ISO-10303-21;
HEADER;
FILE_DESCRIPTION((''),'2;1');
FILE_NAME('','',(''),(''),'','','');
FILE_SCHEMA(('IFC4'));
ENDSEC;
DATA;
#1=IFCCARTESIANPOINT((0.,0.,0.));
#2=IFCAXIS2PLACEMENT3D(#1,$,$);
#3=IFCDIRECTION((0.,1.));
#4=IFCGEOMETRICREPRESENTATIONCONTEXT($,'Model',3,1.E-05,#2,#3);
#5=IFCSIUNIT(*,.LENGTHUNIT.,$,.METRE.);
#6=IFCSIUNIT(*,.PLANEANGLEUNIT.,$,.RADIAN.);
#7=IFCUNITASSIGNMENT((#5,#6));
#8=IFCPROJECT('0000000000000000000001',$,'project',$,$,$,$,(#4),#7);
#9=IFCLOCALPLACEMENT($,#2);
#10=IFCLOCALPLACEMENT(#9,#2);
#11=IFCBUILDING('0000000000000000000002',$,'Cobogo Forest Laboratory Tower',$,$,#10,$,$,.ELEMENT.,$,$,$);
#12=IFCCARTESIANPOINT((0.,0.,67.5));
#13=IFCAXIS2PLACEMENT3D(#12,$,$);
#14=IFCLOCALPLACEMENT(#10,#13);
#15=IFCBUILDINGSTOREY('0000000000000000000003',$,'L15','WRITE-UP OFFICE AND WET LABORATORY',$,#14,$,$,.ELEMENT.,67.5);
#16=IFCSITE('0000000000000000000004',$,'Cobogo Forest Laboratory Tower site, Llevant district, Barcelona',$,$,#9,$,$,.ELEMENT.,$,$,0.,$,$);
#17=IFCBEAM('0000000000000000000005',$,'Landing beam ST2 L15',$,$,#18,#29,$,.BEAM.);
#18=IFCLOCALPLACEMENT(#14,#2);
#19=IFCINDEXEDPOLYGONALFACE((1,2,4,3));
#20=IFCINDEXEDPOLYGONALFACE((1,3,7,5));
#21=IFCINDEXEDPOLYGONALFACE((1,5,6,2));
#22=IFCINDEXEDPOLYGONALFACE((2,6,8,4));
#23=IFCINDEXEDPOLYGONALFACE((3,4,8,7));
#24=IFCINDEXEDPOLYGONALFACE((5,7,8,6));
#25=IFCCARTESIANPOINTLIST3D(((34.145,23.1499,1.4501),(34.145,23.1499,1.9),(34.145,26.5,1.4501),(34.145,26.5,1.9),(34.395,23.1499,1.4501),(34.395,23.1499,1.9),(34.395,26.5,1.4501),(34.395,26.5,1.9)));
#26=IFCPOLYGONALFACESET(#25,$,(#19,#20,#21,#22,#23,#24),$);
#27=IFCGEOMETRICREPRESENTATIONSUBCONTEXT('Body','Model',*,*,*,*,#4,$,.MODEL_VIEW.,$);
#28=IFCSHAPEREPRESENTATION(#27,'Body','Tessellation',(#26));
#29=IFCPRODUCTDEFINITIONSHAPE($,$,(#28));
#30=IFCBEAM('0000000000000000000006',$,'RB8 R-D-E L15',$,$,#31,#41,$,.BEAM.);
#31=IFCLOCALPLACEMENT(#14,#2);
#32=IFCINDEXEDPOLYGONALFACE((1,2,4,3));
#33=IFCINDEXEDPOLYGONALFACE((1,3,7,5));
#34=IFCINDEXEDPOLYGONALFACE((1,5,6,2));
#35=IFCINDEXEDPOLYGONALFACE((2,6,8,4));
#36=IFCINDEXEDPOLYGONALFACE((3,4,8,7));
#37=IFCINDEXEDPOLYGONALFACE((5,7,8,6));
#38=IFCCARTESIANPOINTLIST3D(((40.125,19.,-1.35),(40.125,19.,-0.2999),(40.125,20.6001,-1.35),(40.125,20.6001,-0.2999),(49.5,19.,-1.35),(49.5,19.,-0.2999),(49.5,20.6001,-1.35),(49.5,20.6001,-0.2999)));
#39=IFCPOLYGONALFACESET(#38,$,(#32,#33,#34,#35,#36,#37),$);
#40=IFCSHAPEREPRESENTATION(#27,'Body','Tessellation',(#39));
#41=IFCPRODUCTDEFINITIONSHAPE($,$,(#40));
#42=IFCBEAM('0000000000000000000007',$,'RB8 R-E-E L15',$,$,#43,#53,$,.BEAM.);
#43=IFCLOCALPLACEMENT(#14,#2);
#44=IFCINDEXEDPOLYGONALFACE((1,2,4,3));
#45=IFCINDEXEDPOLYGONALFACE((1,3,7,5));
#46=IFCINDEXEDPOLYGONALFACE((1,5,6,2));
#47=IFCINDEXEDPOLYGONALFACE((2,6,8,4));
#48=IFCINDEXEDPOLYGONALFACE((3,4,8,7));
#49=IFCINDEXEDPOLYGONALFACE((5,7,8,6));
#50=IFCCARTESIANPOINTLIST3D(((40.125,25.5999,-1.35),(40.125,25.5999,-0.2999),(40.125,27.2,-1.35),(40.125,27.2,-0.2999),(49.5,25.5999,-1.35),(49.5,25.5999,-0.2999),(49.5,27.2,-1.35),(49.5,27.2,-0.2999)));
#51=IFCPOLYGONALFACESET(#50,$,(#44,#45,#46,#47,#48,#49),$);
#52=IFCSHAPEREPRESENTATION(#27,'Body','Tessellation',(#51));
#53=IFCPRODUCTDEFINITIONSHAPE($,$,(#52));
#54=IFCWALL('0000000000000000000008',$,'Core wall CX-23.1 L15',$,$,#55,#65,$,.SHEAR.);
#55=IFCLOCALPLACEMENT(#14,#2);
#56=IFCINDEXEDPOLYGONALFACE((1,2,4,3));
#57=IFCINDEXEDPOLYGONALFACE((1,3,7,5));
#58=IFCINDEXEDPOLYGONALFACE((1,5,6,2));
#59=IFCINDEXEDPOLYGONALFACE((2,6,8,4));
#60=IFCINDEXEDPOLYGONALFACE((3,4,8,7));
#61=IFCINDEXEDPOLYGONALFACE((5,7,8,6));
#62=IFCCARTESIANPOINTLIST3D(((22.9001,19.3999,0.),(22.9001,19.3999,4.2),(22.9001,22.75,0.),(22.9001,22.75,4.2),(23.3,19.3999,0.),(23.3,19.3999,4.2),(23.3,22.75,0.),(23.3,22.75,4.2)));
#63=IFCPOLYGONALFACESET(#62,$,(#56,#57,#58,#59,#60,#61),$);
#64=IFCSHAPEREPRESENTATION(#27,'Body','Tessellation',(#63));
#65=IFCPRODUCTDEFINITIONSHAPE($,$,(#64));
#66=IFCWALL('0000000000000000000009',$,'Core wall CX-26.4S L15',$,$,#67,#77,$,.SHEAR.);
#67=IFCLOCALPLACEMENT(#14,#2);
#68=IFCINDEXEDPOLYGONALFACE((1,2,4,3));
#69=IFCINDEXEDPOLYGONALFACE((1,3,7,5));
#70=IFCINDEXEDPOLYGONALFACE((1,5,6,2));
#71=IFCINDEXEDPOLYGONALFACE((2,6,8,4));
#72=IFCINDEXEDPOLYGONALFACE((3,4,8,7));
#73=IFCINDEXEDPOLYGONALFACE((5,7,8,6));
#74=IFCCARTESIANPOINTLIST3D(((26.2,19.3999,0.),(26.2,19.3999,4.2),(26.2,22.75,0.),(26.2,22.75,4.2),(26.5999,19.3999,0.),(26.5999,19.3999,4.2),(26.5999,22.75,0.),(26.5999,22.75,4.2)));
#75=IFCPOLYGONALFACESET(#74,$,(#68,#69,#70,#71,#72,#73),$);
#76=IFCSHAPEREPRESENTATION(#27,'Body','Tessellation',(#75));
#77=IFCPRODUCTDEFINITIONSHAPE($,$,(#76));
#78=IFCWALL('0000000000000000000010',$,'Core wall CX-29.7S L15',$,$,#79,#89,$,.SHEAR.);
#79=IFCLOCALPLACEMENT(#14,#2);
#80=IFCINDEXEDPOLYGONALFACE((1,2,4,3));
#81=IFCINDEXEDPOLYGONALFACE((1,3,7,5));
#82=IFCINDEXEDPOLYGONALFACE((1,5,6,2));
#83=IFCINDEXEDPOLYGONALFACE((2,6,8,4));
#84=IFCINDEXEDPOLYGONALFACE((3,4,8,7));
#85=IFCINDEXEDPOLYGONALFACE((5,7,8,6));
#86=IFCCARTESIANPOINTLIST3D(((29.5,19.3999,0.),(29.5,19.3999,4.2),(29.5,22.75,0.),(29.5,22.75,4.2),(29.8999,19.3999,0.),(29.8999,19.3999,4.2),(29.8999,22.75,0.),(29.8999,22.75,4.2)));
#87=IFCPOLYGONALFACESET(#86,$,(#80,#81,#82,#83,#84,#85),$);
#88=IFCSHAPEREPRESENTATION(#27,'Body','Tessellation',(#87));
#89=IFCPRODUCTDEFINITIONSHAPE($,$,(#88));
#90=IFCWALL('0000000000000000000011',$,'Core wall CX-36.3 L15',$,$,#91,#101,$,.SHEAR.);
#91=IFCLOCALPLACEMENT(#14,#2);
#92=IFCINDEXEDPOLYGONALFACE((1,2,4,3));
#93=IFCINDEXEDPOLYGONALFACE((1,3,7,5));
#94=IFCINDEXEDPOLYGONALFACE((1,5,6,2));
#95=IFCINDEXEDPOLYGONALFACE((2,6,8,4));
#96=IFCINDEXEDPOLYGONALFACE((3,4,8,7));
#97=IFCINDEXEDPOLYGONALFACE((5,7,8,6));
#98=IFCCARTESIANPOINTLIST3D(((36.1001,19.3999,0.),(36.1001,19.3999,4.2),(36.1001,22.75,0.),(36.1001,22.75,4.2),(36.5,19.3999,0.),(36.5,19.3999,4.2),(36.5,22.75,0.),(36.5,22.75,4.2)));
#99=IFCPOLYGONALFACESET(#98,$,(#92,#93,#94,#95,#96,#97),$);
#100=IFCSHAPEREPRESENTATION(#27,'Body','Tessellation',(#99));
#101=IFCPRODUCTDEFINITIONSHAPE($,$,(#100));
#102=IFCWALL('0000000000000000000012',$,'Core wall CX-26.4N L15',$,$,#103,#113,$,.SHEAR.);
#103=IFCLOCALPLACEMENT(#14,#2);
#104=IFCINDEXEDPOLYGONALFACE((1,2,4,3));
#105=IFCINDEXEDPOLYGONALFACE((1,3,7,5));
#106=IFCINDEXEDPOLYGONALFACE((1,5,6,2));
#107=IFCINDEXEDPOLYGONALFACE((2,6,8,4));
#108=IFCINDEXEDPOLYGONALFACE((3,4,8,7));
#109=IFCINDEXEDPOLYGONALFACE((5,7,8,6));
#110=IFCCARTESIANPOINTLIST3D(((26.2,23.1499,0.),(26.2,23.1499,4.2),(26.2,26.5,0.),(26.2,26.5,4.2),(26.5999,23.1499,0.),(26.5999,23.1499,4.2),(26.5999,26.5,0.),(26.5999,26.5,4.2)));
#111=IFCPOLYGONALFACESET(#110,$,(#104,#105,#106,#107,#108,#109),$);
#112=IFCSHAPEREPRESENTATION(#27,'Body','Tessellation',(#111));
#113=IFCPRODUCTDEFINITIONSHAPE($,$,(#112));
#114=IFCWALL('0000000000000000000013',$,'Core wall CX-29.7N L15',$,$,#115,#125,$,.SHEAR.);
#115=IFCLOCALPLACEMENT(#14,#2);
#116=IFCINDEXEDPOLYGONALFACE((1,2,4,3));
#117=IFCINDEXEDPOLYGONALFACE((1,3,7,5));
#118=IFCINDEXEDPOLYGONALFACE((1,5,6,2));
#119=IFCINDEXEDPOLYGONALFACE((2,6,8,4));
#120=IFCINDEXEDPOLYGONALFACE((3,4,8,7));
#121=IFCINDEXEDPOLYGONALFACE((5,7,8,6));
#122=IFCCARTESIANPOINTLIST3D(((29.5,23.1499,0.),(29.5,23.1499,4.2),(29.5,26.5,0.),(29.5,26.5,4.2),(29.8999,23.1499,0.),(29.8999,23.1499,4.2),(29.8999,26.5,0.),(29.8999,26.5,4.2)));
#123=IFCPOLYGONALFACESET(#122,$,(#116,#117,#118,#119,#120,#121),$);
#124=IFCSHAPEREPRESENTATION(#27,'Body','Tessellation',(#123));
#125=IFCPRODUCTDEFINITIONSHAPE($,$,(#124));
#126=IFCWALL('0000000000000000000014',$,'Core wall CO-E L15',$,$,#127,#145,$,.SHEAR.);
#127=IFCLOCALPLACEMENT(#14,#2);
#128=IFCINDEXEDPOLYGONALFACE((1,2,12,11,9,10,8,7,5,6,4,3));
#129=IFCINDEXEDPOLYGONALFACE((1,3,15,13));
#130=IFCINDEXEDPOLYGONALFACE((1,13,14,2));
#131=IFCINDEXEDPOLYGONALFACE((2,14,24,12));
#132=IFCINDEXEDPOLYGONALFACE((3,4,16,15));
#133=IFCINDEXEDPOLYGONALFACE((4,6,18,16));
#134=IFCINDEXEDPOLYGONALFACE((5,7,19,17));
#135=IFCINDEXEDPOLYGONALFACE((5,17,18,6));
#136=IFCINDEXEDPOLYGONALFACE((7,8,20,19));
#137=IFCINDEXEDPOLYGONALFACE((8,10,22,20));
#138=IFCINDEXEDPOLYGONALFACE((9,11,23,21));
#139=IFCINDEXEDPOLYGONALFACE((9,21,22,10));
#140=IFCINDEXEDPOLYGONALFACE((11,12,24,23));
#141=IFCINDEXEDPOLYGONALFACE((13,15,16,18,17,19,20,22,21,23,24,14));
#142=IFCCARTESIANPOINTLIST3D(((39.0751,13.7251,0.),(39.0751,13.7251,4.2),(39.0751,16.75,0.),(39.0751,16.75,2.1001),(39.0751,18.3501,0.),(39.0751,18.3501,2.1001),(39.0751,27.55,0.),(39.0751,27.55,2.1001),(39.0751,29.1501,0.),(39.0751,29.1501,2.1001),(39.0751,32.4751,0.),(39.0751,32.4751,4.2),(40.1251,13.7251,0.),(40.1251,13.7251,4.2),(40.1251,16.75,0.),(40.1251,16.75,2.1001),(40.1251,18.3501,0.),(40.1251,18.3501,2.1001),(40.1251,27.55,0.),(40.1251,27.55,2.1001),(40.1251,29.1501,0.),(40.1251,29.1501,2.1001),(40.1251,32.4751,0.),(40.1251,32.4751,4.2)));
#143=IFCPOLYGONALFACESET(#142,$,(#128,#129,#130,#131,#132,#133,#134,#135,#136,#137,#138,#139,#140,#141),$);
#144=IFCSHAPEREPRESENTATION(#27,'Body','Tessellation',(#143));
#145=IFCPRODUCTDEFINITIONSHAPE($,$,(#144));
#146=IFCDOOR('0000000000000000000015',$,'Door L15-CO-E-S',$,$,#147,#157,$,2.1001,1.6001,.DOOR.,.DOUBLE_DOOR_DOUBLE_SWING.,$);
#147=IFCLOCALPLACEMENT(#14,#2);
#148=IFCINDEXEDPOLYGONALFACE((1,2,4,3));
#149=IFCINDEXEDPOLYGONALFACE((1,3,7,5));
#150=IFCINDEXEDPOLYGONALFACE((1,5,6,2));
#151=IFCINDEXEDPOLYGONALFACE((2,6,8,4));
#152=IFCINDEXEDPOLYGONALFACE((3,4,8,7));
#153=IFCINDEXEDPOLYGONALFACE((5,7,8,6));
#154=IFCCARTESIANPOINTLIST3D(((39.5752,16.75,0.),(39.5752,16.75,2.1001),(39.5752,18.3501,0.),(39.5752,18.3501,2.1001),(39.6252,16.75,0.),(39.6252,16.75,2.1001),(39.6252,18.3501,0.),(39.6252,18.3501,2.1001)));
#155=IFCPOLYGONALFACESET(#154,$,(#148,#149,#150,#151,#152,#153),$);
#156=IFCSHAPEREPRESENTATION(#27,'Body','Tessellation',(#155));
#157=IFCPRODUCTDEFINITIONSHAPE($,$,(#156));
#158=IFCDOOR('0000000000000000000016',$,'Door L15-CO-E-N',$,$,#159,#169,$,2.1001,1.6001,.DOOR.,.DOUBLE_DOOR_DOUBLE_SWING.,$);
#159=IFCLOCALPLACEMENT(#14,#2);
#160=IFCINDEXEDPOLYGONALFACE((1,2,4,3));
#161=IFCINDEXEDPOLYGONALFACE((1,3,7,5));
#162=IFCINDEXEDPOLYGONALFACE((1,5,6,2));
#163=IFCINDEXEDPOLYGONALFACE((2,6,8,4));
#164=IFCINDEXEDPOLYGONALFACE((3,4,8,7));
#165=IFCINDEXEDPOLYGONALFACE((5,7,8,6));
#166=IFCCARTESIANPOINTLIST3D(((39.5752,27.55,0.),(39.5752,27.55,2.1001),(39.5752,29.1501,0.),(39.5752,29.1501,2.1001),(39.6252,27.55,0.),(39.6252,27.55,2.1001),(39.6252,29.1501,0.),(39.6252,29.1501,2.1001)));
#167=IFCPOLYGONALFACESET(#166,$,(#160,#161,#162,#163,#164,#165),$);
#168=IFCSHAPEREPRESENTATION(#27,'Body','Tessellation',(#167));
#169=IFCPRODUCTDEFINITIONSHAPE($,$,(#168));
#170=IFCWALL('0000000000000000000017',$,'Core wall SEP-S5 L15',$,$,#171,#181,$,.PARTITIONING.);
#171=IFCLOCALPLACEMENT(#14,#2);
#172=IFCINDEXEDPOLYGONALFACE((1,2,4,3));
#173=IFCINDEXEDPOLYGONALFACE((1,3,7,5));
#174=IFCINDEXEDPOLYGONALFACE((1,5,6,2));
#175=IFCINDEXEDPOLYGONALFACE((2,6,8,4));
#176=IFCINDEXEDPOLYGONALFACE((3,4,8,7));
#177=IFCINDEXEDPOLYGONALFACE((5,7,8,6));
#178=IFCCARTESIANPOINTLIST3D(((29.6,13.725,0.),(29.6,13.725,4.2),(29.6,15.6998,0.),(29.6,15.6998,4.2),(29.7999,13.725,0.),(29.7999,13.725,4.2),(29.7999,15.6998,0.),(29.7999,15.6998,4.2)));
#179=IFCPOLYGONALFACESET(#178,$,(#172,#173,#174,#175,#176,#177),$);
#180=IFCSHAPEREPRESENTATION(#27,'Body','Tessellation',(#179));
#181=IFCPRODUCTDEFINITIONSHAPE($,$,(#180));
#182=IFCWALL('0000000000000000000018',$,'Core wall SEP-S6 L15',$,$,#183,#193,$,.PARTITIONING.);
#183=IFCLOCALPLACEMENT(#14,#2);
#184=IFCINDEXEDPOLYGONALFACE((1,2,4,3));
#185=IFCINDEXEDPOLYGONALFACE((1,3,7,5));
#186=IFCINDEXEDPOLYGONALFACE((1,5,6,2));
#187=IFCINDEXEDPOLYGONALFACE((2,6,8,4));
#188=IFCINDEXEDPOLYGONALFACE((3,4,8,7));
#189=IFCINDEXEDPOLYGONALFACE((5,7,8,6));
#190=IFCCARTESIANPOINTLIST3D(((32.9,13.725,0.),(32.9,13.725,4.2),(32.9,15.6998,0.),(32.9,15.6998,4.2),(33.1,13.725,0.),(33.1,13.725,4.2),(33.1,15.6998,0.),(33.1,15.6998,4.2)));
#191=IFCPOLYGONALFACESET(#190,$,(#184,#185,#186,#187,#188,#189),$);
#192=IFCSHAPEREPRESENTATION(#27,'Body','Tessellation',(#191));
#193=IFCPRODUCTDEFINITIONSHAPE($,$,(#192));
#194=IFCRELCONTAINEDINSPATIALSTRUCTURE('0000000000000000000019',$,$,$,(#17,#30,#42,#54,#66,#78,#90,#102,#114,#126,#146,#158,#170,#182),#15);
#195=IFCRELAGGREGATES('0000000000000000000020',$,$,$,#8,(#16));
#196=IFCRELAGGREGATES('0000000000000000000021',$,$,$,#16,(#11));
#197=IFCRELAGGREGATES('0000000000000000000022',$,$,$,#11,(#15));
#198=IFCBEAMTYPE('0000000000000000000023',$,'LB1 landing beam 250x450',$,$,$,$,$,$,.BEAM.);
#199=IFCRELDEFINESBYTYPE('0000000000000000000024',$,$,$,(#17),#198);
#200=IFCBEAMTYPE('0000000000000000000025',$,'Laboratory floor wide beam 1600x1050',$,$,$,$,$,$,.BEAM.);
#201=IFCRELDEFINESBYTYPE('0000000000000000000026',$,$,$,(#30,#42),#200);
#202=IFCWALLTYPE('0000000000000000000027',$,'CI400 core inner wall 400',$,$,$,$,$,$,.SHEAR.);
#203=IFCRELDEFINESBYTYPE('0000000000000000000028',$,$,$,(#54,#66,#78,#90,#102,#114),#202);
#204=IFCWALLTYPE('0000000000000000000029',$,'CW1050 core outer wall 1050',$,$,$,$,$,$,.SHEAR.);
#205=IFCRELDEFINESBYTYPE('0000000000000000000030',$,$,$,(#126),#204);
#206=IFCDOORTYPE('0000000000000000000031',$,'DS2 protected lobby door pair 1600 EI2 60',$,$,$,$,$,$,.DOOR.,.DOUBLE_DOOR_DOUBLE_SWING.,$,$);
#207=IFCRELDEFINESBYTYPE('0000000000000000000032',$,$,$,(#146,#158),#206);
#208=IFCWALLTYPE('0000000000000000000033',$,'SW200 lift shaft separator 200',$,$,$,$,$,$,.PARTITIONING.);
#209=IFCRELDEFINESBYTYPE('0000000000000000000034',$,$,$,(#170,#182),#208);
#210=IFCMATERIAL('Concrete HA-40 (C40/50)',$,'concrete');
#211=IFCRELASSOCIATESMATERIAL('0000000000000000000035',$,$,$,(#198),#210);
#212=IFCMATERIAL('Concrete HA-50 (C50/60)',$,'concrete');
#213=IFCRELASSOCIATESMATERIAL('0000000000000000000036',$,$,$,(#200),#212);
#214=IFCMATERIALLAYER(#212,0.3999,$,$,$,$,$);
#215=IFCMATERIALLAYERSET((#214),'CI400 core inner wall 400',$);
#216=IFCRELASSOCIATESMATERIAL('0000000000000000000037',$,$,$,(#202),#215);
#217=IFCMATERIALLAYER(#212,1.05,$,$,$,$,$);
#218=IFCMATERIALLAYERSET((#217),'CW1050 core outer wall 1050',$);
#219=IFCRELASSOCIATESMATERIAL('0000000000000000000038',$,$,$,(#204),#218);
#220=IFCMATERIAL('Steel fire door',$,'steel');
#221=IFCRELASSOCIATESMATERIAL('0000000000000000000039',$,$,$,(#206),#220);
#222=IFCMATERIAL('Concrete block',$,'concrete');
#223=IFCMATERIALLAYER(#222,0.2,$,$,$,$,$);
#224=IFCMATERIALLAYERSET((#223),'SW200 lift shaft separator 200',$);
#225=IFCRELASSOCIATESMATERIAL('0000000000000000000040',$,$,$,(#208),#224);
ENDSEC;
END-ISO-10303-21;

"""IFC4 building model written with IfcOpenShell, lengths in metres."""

from ifc_helpers import new_model, si_unit, direction, frame, frame_2d, origin, origin_2d, place, context, subcontext, project, spatial, rectangle, extrude, material, layer, layer_set, material_profile, profile_set, type_object, element, fill, save


model = new_model("IFC4")

# Units and contexts
model_context = context("Model", 3, precision=1e-05, world=origin(), true_north=direction((0.0, 1.0)))
body_context = subcontext(model_context, "Body", "Model", "MODEL_VIEW")
ifc_project = project(units=[si_unit("LENGTHUNIT", "METRE"), si_unit("PLANEANGLEUNIT", "RADIAN")], contexts=[model_context])

# Site, building, storey
site_placement = place(None, origin())
site = spatial("IfcSite", under=ifc_project, at=site_placement, Name="Cobogo Forest Laboratory Tower site, Llevant district, Barcelona", CompositionType="ELEMENT", RefElevation=0.0)
building_placement = place(site_placement, origin())
building = spatial("IfcBuilding", under=site, at=building_placement, Name="Cobogo Forest Laboratory Tower", CompositionType="ELEMENT")
storey_placement = place(building_placement, frame((0.0, 0.0, 67.5)))
storey = spatial("IfcBuildingStorey", under=building, at=storey_placement, Name="L15", Description="WRITE-UP OFFICE AND WET LABORATORY", CompositionType="ELEMENT", Elevation=67.5)

# Beams
ifc_material_1 = material(Name="Concrete HA-40 (C40/50)", Category="concrete")
ifc_material_profile_1 = material_profile(ifc_material_1, rectangle(XDim=0.25, YDim=0.45, at=origin_2d()), Name="RC 250x450")
ifc_profile_set_1 = profile_set([ifc_material_profile_1], Name="Concrete HA-40 (C40/50)")
beam_type_1 = type_object("IfcBeamType", Name="LB1 landing beam 250x450", PredefinedType="BEAM", material=ifc_profile_set_1)
beam_placement = place(storey_placement, frame((34.27, 23.1499, 1.675), z_axis=(0.0, 1.0, 0.0), x_axis=(-1.0, 0.0, 0.0)))
element("IfcBeam", 1, at=beam_placement, inside=storey, type_object=beam_type_1, Name="Landing beam ST2 L15", PredefinedType="BEAM", context=body_context, shape_type="SweptSolid", body=[
    extrude(rectangle(XDim=0.25, YDim=0.45, at=origin_2d()), origin(), (0.0, 0.0, 1.0), 3.3501),
])
ifc_material_2 = material(Name="Concrete HA-50 (C50/60)", Category="concrete")
ifc_material_profile_2 = material_profile(ifc_material_2, rectangle(XDim=1.6001, YDim=1.05, at=origin_2d()), Name="RC 1600x1050")
ifc_profile_set_2 = profile_set([ifc_material_profile_2], Name="Concrete HA-50 (C50/60)")
beam_type_2 = type_object("IfcBeamType", Name="Laboratory floor wide beam 1600x1050", PredefinedType="BEAM", material=ifc_profile_set_2)
for number, where, z_axis, x_axis, name in (
    (2, (40.125, 19.8, -0.825), (1.0, 0.0, 0.0), (0.0, 1.0, 0.0), "RB8 R-D-E L15"),
    (3, (40.125, 26.3999, -0.825), (1.0, 0.0, 0.0), (0.0, 1.0, 0.0), "RB8 R-E-E L15"),
):
    element("IfcBeam", number, at=place(storey_placement, frame(where, z_axis=z_axis, x_axis=x_axis)), inside=storey, type_object=beam_type_2, Name=name, PredefinedType="BEAM", context=body_context, shape_type="SweptSolid", body=[
        extrude(rectangle(XDim=1.6001, YDim=1.05, at=origin_2d()), origin(), (0.0, 0.0, 1.0), 9.375),
    ])

# Walls
ifc_layer_1 = layer(ifc_material_2, 0.3999)
ifc_layer_set_1 = layer_set([ifc_layer_1], Name="CI400 core inner wall 400")
wall_type_1 = type_object("IfcWallType", Name="CI400 core inner wall 400", PredefinedType="SHEAR", material=ifc_layer_set_1)
for number, where, z_axis, x_axis, name in (
    (4, (23.1001, 19.3999, 0.0), (0.0, 0.0, 1.0), (0.0, 1.0, 0.0), "Core wall CX-23.1 L15"),
    (5, (26.3999, 19.3999, 0.0), (0.0, 0.0, 1.0), (0.0, 1.0, 0.0), "Core wall CX-26.4S L15"),
    (6, (29.7, 19.3999, 0.0), (0.0, 0.0, 1.0), (0.0, 1.0, 0.0), "Core wall CX-29.7S L15"),
    (7, (36.3, 19.3999, 0.0), (0.0, 0.0, 1.0), (0.0, 1.0, 0.0), "Core wall CX-36.3 L15"),
    (8, (26.3999, 23.1499, 0.0), (0.0, 0.0, 1.0), (0.0, 1.0, 0.0), "Core wall CX-26.4N L15"),
    (9, (29.7, 23.1499, 0.0), (0.0, 0.0, 1.0), (0.0, 1.0, 0.0), "Core wall CX-29.7N L15"),
):
    element("IfcWall", number, at=place(storey_placement, frame(where, z_axis=z_axis, x_axis=x_axis)), inside=storey, type_object=wall_type_1, Name=name, PredefinedType="SHEAR", context=body_context, shape_type="SweptSolid", body=[
        extrude(rectangle(XDim=3.3501, YDim=0.3999, at=frame_2d((1.675, 0.0))), origin(), (0.0, 0.0, 1.0), 4.2),
    ])

# Wall, openings, doors
ifc_layer_2 = layer(ifc_material_2, 1.05)
ifc_layer_set_2 = layer_set([ifc_layer_2], Name="CW1050 core outer wall 1050")
wall_type_2 = type_object("IfcWallType", Name="CW1050 core outer wall 1050", PredefinedType="SHEAR", material=ifc_layer_set_2)
wall_placement = place(storey_placement, frame((39.6001, 13.7251, 0.0), z_axis=(0.0, 0.0, 1.0), x_axis=(0.0, 1.0, 0.0)))
wall = element("IfcWall", 10, at=wall_placement, inside=storey, type_object=wall_type_2, Name="Core wall CO-E L15", PredefinedType="SHEAR", context=body_context, shape_type="SweptSolid", body=[
    extrude(rectangle(XDim=18.75, YDim=1.05, at=frame_2d((9.375, 0.0))), origin(), (0.0, 0.0, 1.0), 4.2),
])
opening_1_placement = place(wall_placement, frame((3.0249, 0.0, 0.0)))
opening_1 = element("IfcOpeningElement", 11, at=opening_1_placement, cuts=wall, PredefinedType="OPENING", context=body_context, shape_type="SweptSolid", body=[
    extrude(rectangle(XDim=1.6001, YDim=2.1001, at=frame_2d((0.8, 1.05))), frame((0.0, 0.5349, 0.0), z_axis=(0.0, -1.0, 0.0), x_axis=(1.0, 0.0, 0.0)), (0.0, 0.0, 1.0), 1.0701),
])
opening_2_placement = place(wall_placement, frame((13.825, 0.0, 0.0)))
opening_2 = element("IfcOpeningElement", 12, at=opening_2_placement, cuts=wall, PredefinedType="OPENING", context=body_context, shape_type="SweptSolid", body=[
    extrude(rectangle(XDim=1.6001, YDim=2.1001, at=frame_2d((0.8, 1.05))), frame((0.0, 0.5349, 0.0), z_axis=(0.0, -1.0, 0.0), x_axis=(1.0, 0.0, 0.0)), (0.0, 0.0, 1.0), 1.0701),
])
ifc_material_3 = material(Name="Steel fire door", Category="steel")
door_type = type_object("IfcDoorType", Name="DS2 protected lobby door pair 1600 EI2 60", OperationType="DOUBLE_DOOR_DOUBLE_SWING", PredefinedType="DOOR", material=ifc_material_3)
door_1_placement = place(opening_1_placement, origin())
door_1 = element("IfcDoor", 13, at=door_1_placement, inside=storey, type_object=door_type, Name="Door L15-CO-E-S", OperationType="DOUBLE_DOOR_DOUBLE_SWING", OverallHeight=2.1001, OverallWidth=1.6001, PredefinedType="DOOR", context=body_context, shape_type="SweptSolid", body=[
    extrude(rectangle(XDim=1.6001, YDim=2.1001, at=frame_2d((0.8, 1.05))), frame((0.0, 0.0249, 0.0), z_axis=(0.0, -1.0, 0.0), x_axis=(1.0, 0.0, 0.0)), (0.0, 0.0, 1.0), 0.05),
])
fill(opening_1, door_1)
door_2_placement = place(opening_2_placement, origin())
door_2 = element("IfcDoor", 14, at=door_2_placement, inside=storey, type_object=door_type, Name="Door L15-CO-E-N", OperationType="DOUBLE_DOOR_DOUBLE_SWING", OverallHeight=2.1001, OverallWidth=1.6001, PredefinedType="DOOR", context=body_context, shape_type="SweptSolid", body=[
    extrude(rectangle(XDim=1.6001, YDim=2.1001, at=frame_2d((0.8, 1.05))), frame((0.0, 0.0249, 0.0), z_axis=(0.0, -1.0, 0.0), x_axis=(1.0, 0.0, 0.0)), (0.0, 0.0, 1.0), 0.05),
])
fill(opening_2, door_2)

# Walls
ifc_material_4 = material(Name="Concrete block", Category="concrete")
ifc_layer_3 = layer(ifc_material_4, 0.2)
ifc_layer_set_3 = layer_set([ifc_layer_3], Name="SW200 lift shaft separator 200")
wall_type_3 = type_object("IfcWallType", Name="SW200 lift shaft separator 200", PredefinedType="PARTITIONING", material=ifc_layer_set_3)
for number, where, z_axis, x_axis, name in (
    (15, (29.7, 13.7251, 0.0), (0.0, 0.0, 1.0), (0.0, 1.0, 0.0), "Core wall SEP-S5 L15"),
    (16, (33.0, 13.7251, 0.0), (0.0, 0.0, 1.0), (0.0, 1.0, 0.0), "Core wall SEP-S6 L15"),
):
    element("IfcWall", number, at=place(storey_placement, frame(where, z_axis=z_axis, x_axis=x_axis)), inside=storey, type_object=wall_type_3, Name=name, PredefinedType="PARTITIONING", context=body_context, shape_type="SweptSolid", body=[
        extrude(rectangle(XDim=1.9749, YDim=0.2, at=frame_2d((0.9873, 0.0))), origin(), (0.0, 0.0, 1.0), 4.2),
    ])

save(model, "model.ifc")
